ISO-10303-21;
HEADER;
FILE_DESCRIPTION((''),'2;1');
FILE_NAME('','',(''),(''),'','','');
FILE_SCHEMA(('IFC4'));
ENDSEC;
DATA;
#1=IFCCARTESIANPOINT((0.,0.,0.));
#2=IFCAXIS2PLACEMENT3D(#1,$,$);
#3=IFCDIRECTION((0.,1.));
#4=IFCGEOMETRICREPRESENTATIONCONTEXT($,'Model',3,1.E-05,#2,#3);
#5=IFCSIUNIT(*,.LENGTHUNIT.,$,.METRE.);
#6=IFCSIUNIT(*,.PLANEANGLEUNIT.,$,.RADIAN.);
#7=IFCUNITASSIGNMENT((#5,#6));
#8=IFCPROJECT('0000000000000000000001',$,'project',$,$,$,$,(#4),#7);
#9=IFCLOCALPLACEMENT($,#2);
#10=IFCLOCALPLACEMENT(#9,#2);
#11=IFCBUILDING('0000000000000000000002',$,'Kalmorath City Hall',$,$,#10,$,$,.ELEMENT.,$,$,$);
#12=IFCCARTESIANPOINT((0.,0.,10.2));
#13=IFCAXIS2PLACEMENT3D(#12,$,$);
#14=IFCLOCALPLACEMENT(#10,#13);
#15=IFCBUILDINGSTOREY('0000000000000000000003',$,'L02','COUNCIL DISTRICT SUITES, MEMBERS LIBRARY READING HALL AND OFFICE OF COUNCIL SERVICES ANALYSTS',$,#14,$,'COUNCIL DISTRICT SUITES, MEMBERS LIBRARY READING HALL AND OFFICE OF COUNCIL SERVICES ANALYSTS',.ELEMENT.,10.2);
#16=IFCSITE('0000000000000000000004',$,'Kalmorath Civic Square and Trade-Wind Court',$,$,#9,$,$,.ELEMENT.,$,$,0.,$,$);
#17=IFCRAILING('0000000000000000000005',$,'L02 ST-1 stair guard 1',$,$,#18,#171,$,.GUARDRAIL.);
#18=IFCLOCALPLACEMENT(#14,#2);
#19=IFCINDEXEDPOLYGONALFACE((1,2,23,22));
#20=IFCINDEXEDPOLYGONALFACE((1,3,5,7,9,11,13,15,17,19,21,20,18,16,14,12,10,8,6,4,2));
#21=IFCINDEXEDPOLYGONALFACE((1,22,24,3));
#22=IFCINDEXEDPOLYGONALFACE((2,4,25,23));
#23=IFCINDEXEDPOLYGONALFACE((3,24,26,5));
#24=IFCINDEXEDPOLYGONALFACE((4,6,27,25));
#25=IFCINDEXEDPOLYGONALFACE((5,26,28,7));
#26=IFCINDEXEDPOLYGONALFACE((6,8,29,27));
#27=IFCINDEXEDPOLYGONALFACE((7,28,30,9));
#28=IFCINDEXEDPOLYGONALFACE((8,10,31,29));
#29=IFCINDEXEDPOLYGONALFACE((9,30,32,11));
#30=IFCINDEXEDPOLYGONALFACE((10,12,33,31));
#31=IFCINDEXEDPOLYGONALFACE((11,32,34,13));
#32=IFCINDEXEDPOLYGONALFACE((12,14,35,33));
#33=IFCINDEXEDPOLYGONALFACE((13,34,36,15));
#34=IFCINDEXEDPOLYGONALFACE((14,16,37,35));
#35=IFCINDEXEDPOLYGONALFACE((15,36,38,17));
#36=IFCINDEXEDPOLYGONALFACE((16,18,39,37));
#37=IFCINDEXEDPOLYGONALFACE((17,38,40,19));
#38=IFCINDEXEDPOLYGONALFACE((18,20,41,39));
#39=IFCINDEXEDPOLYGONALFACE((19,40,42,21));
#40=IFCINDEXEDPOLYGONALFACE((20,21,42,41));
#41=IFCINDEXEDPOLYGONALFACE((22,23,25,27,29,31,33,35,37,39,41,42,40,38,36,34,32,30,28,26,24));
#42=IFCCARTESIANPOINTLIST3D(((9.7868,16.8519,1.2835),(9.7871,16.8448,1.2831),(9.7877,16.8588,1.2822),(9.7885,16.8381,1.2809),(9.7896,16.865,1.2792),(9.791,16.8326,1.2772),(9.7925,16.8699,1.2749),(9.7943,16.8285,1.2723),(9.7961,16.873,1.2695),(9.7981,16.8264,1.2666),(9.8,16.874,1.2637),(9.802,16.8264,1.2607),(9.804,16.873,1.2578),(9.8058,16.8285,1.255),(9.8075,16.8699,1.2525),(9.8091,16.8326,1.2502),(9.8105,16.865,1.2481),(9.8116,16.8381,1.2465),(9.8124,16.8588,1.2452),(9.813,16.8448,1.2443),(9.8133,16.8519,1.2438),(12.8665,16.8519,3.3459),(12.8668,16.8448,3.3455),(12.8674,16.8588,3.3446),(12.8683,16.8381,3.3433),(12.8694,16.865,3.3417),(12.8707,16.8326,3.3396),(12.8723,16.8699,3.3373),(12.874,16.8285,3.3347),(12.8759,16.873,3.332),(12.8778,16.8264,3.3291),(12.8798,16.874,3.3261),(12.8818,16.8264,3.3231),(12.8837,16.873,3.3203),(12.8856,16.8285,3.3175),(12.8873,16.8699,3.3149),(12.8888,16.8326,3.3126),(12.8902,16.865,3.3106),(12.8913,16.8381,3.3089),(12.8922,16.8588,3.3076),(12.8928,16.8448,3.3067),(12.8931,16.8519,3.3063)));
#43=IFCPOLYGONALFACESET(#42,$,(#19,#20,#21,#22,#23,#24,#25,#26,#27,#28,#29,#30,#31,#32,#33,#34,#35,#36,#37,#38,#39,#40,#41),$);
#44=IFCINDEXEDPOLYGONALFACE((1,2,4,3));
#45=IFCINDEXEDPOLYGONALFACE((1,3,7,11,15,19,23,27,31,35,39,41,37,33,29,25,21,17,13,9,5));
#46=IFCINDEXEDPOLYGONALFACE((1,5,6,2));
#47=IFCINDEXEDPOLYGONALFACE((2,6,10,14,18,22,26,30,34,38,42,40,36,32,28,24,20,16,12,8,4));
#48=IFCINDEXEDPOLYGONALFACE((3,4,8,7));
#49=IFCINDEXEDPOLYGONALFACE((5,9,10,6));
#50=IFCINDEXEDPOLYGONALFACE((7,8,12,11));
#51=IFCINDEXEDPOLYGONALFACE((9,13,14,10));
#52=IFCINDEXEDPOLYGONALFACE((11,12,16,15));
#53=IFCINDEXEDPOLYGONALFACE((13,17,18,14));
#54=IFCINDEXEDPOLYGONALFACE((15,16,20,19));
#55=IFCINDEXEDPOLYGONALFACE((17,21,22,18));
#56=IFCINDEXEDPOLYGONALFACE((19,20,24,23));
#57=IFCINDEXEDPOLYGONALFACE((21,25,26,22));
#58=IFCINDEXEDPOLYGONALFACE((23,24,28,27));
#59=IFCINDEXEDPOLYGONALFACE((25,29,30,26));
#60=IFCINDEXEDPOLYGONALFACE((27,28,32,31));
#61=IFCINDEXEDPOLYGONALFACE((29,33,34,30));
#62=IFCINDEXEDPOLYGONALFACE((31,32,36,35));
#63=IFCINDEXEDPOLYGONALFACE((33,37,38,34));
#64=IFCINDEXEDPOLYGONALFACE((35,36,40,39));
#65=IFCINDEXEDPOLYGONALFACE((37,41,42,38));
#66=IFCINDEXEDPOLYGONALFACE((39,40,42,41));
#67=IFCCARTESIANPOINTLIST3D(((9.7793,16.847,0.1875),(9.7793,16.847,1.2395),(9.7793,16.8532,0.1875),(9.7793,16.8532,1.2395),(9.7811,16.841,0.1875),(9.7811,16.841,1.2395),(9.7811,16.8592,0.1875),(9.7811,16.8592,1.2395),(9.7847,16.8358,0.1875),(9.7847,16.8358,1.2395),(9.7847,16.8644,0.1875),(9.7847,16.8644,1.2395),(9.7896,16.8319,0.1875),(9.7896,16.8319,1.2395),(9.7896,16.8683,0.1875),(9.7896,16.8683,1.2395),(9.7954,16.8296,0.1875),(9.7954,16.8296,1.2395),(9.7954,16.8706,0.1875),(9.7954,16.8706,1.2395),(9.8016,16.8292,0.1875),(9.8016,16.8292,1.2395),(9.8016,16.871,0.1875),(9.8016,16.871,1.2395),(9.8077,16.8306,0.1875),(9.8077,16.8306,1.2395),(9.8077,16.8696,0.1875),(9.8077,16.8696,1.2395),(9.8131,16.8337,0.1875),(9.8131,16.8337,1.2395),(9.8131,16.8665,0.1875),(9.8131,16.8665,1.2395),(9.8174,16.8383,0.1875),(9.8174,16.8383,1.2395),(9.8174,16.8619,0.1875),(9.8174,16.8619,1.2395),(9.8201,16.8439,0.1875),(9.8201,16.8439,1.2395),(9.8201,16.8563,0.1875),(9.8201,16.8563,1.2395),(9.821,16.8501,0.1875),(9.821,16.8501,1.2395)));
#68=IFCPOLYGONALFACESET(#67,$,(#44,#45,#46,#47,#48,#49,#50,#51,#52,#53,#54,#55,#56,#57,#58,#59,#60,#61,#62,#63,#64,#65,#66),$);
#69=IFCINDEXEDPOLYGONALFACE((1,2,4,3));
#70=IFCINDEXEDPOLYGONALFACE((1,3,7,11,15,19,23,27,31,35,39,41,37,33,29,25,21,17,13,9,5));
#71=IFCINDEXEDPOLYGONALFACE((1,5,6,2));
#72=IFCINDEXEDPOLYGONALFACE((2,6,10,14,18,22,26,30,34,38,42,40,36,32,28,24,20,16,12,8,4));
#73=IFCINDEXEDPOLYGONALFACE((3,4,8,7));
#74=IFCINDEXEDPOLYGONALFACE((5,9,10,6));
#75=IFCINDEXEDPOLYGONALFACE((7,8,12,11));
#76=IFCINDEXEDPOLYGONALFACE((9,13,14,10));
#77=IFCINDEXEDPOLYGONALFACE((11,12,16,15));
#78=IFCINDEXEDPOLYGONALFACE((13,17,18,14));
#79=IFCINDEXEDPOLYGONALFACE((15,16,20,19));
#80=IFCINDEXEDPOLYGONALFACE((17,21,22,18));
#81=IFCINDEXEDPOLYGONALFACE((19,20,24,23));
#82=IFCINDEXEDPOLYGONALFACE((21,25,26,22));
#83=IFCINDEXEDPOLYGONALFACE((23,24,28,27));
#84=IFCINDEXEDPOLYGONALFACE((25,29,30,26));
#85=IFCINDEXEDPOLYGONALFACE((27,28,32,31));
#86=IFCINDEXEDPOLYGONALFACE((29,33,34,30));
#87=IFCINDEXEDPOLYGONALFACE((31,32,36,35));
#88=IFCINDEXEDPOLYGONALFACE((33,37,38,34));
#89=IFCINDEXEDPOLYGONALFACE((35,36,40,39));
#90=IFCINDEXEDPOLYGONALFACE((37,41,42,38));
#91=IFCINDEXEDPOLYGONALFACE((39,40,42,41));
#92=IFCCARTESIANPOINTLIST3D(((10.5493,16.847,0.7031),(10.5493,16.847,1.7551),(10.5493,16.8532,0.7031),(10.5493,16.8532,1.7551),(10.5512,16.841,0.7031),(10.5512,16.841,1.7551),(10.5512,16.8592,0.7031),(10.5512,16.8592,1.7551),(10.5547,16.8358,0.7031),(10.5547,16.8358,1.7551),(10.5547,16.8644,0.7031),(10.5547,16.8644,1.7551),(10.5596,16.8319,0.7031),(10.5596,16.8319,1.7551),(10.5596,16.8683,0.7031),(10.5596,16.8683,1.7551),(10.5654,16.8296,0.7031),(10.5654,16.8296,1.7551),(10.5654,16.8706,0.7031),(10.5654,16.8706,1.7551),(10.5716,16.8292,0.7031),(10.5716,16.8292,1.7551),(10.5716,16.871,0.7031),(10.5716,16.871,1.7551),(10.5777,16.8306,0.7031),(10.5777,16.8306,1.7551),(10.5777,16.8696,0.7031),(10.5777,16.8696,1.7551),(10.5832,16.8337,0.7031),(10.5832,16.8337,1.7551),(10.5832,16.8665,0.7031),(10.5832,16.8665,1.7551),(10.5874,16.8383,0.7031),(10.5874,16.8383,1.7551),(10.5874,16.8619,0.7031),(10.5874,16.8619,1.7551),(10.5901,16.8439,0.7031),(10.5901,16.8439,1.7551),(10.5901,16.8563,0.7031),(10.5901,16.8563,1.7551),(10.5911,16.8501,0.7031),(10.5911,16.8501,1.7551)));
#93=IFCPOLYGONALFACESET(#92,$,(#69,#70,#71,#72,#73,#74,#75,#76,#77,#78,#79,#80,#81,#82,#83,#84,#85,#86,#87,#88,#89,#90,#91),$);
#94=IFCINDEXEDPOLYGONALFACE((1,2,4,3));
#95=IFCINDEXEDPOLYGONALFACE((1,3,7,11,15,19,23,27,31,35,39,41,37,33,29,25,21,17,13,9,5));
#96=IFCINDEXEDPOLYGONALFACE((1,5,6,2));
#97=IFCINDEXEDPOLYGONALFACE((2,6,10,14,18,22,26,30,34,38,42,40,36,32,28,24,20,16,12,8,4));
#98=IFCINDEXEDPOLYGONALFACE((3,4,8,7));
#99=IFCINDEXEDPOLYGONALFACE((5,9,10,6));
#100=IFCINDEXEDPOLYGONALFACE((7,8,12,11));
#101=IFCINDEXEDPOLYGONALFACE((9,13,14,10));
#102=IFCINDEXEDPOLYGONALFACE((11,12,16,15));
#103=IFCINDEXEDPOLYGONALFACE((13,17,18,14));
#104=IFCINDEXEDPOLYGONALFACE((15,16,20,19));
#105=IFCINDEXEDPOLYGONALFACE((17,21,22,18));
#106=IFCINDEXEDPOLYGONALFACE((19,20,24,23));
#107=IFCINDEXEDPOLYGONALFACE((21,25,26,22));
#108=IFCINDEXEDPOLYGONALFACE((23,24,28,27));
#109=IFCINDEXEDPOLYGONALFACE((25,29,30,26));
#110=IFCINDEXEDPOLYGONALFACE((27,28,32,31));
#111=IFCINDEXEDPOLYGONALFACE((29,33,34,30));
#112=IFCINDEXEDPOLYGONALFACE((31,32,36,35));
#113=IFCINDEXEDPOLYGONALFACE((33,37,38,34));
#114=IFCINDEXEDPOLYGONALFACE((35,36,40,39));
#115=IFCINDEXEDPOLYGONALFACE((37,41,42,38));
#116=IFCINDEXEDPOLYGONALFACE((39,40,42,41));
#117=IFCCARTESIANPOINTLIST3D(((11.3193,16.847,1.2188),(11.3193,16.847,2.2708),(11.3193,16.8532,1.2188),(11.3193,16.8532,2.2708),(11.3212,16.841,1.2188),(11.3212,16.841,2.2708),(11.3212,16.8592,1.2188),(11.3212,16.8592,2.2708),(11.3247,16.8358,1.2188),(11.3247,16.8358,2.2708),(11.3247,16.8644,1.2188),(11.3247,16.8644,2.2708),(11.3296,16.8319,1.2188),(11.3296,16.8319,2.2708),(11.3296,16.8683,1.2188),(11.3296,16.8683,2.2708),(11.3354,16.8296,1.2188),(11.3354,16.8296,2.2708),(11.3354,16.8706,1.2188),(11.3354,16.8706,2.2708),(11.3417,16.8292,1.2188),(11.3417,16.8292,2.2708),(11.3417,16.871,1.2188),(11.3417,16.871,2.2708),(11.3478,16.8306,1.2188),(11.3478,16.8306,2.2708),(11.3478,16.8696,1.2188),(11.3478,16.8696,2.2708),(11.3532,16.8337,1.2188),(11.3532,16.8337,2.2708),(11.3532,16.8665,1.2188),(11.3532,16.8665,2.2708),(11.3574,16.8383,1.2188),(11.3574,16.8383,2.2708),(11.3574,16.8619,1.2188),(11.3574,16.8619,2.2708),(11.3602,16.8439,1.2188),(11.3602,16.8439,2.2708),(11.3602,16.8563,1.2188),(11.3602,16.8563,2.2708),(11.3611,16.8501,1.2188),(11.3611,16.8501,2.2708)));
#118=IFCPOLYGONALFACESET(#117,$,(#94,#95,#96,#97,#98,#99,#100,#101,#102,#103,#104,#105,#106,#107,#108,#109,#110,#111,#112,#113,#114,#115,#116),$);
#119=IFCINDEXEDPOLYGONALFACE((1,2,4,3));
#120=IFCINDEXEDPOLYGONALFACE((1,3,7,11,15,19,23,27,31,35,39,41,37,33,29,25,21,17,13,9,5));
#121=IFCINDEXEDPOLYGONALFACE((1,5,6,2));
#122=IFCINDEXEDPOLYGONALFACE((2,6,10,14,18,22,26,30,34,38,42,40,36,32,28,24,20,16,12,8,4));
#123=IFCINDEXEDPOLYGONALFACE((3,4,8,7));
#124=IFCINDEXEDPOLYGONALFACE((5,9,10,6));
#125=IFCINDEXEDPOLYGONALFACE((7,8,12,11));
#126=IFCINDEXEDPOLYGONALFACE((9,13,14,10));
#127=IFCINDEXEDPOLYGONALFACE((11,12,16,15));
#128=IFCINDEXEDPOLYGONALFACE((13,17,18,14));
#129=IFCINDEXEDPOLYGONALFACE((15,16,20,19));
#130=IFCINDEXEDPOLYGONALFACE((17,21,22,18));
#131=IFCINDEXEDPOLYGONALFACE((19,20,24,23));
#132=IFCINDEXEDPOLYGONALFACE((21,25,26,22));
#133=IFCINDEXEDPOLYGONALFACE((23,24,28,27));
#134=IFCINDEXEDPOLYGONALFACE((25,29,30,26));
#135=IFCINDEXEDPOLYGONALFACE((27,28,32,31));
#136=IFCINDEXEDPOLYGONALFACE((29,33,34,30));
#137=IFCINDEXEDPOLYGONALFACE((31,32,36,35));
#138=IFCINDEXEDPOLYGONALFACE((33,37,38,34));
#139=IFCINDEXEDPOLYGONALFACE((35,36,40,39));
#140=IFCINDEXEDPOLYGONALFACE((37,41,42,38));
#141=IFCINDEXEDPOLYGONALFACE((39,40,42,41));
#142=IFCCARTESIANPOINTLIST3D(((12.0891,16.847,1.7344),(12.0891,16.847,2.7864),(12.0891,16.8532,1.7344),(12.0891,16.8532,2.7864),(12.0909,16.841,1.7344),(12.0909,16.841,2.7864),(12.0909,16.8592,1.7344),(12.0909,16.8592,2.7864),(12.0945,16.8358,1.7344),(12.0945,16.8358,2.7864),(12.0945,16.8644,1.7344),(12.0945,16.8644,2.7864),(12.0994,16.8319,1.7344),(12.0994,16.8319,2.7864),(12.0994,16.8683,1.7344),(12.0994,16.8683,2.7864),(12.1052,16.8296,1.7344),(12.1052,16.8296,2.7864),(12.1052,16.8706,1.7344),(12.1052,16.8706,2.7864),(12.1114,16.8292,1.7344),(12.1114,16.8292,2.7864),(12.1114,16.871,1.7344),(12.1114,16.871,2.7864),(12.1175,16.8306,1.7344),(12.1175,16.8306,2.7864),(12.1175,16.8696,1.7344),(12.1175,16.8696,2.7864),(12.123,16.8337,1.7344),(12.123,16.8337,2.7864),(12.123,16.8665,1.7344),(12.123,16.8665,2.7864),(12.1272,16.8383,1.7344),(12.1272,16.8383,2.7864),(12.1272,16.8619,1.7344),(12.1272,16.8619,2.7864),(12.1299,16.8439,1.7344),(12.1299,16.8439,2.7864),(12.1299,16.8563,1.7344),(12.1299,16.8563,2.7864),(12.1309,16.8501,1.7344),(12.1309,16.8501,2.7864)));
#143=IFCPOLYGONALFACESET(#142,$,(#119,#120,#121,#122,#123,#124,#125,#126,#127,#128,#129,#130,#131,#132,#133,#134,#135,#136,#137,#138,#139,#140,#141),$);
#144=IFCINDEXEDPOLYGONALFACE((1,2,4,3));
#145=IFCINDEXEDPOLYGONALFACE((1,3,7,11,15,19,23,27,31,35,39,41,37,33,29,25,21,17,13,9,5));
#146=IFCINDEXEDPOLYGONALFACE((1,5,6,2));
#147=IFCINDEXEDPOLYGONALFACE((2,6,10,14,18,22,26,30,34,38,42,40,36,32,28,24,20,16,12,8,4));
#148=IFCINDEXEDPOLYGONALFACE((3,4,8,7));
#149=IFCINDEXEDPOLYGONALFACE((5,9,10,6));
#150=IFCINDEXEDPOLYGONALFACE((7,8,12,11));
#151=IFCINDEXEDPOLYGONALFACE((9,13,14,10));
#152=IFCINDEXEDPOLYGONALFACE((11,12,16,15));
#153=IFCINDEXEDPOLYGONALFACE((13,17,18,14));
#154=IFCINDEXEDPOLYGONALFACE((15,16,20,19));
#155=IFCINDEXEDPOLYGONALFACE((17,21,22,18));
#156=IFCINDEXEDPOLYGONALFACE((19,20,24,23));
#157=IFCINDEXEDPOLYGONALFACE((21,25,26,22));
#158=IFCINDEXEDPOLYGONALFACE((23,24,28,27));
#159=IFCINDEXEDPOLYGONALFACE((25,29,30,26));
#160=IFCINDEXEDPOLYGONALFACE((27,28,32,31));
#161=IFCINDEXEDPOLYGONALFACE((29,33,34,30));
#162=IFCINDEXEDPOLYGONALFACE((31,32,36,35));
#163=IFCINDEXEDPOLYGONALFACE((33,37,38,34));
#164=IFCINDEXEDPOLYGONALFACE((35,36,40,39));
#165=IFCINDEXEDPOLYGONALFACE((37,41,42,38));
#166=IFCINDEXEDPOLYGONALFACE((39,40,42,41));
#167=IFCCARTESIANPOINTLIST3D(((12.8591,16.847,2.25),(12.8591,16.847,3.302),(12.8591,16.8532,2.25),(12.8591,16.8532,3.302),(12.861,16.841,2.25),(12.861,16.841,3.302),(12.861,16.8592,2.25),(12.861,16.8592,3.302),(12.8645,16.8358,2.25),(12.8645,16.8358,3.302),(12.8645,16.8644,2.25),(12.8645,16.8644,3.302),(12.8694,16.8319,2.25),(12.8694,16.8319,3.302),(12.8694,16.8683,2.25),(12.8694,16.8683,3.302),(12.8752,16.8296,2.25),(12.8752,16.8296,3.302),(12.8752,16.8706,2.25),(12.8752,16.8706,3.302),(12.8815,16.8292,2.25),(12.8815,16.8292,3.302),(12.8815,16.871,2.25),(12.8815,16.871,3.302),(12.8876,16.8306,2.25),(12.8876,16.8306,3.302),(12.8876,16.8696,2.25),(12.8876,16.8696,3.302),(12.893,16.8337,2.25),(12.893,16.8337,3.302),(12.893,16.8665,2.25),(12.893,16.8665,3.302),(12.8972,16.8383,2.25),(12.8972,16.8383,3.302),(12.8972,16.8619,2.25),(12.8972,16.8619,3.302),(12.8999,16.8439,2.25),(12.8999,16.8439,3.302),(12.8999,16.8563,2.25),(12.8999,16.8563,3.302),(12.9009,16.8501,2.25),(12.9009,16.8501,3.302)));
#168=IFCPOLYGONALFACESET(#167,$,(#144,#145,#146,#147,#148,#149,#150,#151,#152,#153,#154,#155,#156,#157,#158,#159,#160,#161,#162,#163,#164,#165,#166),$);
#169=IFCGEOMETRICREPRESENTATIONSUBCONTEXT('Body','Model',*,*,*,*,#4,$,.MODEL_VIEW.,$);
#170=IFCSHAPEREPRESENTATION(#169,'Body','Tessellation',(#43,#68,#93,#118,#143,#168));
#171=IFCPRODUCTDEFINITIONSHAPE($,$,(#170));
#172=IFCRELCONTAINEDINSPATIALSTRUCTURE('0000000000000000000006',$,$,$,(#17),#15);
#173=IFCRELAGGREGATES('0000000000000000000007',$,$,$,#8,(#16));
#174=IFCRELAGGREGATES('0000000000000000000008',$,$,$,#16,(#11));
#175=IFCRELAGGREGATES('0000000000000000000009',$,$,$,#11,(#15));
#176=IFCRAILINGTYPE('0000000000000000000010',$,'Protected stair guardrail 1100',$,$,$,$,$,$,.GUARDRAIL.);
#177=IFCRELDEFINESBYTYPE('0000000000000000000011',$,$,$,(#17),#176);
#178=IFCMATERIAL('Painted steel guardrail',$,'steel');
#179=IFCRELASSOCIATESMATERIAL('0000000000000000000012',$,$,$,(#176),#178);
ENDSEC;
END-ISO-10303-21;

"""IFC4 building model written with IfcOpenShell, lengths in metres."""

from ifc_helpers import new_model, si_unit, direction, frame, origin, origin_2d, place, context, subcontext, project, spatial, circle, extrude, material, type_object, element, save


model = new_model("IFC4")

# Units and contexts
model_context = context("Model", 3, precision=1e-05, world=origin(), true_north=direction((0.0, 1.0)))
body_context = subcontext(model_context, "Body", "Model", "MODEL_VIEW")
ifc_project = project(units=[si_unit("LENGTHUNIT", "METRE"), si_unit("PLANEANGLEUNIT", "RADIAN")], contexts=[model_context])

# Site, building, storey
site_placement = place(None, origin())
site = spatial("IfcSite", under=ifc_project, at=site_placement, Name="Kalmorath Civic Square and Trade-Wind Court", CompositionType="ELEMENT", RefElevation=0.0)
building_placement = place(site_placement, origin())
building = spatial("IfcBuilding", under=site, at=building_placement, Name="Kalmorath City Hall", CompositionType="ELEMENT")
storey_placement = place(building_placement, frame((0.0, 0.0, 10.2)))
storey = spatial("IfcBuildingStorey", under=building, at=storey_placement, Name="L02", Description="COUNCIL DISTRICT SUITES, MEMBERS LIBRARY READING HALL AND OFFICE OF COUNCIL SERVICES ANALYSTS", LongName="COUNCIL DISTRICT SUITES, MEMBERS LIBRARY READING HALL AND OFFICE OF COUNCIL SERVICES ANALYSTS", CompositionType="ELEMENT", Elevation=10.2)

# Railing
ifc_material_1 = material(Name="Painted steel guardrail", Category="steel")
railing_type_1 = type_object("IfcRailingType", Name="Protected stair guardrail 1100", PredefinedType="GUARDRAIL", material=ifc_material_1)
railing_1_placement = place(storey_placement, frame((9.8, 16.8501, 0.1875)))
element("IfcRailing", 1, at=railing_1_placement, inside=storey, type_object=railing_type_1, Name="L02 ST-1 stair guard 1", PredefinedType="GUARDRAIL", context=body_context, shape_type="SweptSolid", body=[
    extrude(circle(Radius=0.0239, at=origin_2d()), frame((0.0, 0.0, 1.0762), z_axis=(0.830893, 0.0, 0.556432), x_axis=(0.0, 1.0, 0.0)), (0.0, 0.0, 1.0), 3.7065),
    extrude(circle(Radius=0.021, at=origin_2d()), origin(), (0.0, 0.0, 1.0), 1.052),
    extrude(circle(Radius=0.021, at=origin_2d()), frame((0.77, 0.0, 0.5156)), (0.0, 0.0, 1.0), 1.052),
    extrude(circle(Radius=0.021, at=origin_2d()), frame((1.54, 0.0, 1.0312)), (0.0, 0.0, 1.0), 1.052),
    extrude(circle(Radius=0.021, at=origin_2d()), frame((2.3098, 0.0, 1.5469)), (0.0, 0.0, 1.0), 1.052),
    extrude(circle(Radius=0.021, at=origin_2d()), frame((3.0798, 0.0, 2.0625)), (0.0, 0.0, 1.0), 1.052),
])

save(model, "model.ifc")
